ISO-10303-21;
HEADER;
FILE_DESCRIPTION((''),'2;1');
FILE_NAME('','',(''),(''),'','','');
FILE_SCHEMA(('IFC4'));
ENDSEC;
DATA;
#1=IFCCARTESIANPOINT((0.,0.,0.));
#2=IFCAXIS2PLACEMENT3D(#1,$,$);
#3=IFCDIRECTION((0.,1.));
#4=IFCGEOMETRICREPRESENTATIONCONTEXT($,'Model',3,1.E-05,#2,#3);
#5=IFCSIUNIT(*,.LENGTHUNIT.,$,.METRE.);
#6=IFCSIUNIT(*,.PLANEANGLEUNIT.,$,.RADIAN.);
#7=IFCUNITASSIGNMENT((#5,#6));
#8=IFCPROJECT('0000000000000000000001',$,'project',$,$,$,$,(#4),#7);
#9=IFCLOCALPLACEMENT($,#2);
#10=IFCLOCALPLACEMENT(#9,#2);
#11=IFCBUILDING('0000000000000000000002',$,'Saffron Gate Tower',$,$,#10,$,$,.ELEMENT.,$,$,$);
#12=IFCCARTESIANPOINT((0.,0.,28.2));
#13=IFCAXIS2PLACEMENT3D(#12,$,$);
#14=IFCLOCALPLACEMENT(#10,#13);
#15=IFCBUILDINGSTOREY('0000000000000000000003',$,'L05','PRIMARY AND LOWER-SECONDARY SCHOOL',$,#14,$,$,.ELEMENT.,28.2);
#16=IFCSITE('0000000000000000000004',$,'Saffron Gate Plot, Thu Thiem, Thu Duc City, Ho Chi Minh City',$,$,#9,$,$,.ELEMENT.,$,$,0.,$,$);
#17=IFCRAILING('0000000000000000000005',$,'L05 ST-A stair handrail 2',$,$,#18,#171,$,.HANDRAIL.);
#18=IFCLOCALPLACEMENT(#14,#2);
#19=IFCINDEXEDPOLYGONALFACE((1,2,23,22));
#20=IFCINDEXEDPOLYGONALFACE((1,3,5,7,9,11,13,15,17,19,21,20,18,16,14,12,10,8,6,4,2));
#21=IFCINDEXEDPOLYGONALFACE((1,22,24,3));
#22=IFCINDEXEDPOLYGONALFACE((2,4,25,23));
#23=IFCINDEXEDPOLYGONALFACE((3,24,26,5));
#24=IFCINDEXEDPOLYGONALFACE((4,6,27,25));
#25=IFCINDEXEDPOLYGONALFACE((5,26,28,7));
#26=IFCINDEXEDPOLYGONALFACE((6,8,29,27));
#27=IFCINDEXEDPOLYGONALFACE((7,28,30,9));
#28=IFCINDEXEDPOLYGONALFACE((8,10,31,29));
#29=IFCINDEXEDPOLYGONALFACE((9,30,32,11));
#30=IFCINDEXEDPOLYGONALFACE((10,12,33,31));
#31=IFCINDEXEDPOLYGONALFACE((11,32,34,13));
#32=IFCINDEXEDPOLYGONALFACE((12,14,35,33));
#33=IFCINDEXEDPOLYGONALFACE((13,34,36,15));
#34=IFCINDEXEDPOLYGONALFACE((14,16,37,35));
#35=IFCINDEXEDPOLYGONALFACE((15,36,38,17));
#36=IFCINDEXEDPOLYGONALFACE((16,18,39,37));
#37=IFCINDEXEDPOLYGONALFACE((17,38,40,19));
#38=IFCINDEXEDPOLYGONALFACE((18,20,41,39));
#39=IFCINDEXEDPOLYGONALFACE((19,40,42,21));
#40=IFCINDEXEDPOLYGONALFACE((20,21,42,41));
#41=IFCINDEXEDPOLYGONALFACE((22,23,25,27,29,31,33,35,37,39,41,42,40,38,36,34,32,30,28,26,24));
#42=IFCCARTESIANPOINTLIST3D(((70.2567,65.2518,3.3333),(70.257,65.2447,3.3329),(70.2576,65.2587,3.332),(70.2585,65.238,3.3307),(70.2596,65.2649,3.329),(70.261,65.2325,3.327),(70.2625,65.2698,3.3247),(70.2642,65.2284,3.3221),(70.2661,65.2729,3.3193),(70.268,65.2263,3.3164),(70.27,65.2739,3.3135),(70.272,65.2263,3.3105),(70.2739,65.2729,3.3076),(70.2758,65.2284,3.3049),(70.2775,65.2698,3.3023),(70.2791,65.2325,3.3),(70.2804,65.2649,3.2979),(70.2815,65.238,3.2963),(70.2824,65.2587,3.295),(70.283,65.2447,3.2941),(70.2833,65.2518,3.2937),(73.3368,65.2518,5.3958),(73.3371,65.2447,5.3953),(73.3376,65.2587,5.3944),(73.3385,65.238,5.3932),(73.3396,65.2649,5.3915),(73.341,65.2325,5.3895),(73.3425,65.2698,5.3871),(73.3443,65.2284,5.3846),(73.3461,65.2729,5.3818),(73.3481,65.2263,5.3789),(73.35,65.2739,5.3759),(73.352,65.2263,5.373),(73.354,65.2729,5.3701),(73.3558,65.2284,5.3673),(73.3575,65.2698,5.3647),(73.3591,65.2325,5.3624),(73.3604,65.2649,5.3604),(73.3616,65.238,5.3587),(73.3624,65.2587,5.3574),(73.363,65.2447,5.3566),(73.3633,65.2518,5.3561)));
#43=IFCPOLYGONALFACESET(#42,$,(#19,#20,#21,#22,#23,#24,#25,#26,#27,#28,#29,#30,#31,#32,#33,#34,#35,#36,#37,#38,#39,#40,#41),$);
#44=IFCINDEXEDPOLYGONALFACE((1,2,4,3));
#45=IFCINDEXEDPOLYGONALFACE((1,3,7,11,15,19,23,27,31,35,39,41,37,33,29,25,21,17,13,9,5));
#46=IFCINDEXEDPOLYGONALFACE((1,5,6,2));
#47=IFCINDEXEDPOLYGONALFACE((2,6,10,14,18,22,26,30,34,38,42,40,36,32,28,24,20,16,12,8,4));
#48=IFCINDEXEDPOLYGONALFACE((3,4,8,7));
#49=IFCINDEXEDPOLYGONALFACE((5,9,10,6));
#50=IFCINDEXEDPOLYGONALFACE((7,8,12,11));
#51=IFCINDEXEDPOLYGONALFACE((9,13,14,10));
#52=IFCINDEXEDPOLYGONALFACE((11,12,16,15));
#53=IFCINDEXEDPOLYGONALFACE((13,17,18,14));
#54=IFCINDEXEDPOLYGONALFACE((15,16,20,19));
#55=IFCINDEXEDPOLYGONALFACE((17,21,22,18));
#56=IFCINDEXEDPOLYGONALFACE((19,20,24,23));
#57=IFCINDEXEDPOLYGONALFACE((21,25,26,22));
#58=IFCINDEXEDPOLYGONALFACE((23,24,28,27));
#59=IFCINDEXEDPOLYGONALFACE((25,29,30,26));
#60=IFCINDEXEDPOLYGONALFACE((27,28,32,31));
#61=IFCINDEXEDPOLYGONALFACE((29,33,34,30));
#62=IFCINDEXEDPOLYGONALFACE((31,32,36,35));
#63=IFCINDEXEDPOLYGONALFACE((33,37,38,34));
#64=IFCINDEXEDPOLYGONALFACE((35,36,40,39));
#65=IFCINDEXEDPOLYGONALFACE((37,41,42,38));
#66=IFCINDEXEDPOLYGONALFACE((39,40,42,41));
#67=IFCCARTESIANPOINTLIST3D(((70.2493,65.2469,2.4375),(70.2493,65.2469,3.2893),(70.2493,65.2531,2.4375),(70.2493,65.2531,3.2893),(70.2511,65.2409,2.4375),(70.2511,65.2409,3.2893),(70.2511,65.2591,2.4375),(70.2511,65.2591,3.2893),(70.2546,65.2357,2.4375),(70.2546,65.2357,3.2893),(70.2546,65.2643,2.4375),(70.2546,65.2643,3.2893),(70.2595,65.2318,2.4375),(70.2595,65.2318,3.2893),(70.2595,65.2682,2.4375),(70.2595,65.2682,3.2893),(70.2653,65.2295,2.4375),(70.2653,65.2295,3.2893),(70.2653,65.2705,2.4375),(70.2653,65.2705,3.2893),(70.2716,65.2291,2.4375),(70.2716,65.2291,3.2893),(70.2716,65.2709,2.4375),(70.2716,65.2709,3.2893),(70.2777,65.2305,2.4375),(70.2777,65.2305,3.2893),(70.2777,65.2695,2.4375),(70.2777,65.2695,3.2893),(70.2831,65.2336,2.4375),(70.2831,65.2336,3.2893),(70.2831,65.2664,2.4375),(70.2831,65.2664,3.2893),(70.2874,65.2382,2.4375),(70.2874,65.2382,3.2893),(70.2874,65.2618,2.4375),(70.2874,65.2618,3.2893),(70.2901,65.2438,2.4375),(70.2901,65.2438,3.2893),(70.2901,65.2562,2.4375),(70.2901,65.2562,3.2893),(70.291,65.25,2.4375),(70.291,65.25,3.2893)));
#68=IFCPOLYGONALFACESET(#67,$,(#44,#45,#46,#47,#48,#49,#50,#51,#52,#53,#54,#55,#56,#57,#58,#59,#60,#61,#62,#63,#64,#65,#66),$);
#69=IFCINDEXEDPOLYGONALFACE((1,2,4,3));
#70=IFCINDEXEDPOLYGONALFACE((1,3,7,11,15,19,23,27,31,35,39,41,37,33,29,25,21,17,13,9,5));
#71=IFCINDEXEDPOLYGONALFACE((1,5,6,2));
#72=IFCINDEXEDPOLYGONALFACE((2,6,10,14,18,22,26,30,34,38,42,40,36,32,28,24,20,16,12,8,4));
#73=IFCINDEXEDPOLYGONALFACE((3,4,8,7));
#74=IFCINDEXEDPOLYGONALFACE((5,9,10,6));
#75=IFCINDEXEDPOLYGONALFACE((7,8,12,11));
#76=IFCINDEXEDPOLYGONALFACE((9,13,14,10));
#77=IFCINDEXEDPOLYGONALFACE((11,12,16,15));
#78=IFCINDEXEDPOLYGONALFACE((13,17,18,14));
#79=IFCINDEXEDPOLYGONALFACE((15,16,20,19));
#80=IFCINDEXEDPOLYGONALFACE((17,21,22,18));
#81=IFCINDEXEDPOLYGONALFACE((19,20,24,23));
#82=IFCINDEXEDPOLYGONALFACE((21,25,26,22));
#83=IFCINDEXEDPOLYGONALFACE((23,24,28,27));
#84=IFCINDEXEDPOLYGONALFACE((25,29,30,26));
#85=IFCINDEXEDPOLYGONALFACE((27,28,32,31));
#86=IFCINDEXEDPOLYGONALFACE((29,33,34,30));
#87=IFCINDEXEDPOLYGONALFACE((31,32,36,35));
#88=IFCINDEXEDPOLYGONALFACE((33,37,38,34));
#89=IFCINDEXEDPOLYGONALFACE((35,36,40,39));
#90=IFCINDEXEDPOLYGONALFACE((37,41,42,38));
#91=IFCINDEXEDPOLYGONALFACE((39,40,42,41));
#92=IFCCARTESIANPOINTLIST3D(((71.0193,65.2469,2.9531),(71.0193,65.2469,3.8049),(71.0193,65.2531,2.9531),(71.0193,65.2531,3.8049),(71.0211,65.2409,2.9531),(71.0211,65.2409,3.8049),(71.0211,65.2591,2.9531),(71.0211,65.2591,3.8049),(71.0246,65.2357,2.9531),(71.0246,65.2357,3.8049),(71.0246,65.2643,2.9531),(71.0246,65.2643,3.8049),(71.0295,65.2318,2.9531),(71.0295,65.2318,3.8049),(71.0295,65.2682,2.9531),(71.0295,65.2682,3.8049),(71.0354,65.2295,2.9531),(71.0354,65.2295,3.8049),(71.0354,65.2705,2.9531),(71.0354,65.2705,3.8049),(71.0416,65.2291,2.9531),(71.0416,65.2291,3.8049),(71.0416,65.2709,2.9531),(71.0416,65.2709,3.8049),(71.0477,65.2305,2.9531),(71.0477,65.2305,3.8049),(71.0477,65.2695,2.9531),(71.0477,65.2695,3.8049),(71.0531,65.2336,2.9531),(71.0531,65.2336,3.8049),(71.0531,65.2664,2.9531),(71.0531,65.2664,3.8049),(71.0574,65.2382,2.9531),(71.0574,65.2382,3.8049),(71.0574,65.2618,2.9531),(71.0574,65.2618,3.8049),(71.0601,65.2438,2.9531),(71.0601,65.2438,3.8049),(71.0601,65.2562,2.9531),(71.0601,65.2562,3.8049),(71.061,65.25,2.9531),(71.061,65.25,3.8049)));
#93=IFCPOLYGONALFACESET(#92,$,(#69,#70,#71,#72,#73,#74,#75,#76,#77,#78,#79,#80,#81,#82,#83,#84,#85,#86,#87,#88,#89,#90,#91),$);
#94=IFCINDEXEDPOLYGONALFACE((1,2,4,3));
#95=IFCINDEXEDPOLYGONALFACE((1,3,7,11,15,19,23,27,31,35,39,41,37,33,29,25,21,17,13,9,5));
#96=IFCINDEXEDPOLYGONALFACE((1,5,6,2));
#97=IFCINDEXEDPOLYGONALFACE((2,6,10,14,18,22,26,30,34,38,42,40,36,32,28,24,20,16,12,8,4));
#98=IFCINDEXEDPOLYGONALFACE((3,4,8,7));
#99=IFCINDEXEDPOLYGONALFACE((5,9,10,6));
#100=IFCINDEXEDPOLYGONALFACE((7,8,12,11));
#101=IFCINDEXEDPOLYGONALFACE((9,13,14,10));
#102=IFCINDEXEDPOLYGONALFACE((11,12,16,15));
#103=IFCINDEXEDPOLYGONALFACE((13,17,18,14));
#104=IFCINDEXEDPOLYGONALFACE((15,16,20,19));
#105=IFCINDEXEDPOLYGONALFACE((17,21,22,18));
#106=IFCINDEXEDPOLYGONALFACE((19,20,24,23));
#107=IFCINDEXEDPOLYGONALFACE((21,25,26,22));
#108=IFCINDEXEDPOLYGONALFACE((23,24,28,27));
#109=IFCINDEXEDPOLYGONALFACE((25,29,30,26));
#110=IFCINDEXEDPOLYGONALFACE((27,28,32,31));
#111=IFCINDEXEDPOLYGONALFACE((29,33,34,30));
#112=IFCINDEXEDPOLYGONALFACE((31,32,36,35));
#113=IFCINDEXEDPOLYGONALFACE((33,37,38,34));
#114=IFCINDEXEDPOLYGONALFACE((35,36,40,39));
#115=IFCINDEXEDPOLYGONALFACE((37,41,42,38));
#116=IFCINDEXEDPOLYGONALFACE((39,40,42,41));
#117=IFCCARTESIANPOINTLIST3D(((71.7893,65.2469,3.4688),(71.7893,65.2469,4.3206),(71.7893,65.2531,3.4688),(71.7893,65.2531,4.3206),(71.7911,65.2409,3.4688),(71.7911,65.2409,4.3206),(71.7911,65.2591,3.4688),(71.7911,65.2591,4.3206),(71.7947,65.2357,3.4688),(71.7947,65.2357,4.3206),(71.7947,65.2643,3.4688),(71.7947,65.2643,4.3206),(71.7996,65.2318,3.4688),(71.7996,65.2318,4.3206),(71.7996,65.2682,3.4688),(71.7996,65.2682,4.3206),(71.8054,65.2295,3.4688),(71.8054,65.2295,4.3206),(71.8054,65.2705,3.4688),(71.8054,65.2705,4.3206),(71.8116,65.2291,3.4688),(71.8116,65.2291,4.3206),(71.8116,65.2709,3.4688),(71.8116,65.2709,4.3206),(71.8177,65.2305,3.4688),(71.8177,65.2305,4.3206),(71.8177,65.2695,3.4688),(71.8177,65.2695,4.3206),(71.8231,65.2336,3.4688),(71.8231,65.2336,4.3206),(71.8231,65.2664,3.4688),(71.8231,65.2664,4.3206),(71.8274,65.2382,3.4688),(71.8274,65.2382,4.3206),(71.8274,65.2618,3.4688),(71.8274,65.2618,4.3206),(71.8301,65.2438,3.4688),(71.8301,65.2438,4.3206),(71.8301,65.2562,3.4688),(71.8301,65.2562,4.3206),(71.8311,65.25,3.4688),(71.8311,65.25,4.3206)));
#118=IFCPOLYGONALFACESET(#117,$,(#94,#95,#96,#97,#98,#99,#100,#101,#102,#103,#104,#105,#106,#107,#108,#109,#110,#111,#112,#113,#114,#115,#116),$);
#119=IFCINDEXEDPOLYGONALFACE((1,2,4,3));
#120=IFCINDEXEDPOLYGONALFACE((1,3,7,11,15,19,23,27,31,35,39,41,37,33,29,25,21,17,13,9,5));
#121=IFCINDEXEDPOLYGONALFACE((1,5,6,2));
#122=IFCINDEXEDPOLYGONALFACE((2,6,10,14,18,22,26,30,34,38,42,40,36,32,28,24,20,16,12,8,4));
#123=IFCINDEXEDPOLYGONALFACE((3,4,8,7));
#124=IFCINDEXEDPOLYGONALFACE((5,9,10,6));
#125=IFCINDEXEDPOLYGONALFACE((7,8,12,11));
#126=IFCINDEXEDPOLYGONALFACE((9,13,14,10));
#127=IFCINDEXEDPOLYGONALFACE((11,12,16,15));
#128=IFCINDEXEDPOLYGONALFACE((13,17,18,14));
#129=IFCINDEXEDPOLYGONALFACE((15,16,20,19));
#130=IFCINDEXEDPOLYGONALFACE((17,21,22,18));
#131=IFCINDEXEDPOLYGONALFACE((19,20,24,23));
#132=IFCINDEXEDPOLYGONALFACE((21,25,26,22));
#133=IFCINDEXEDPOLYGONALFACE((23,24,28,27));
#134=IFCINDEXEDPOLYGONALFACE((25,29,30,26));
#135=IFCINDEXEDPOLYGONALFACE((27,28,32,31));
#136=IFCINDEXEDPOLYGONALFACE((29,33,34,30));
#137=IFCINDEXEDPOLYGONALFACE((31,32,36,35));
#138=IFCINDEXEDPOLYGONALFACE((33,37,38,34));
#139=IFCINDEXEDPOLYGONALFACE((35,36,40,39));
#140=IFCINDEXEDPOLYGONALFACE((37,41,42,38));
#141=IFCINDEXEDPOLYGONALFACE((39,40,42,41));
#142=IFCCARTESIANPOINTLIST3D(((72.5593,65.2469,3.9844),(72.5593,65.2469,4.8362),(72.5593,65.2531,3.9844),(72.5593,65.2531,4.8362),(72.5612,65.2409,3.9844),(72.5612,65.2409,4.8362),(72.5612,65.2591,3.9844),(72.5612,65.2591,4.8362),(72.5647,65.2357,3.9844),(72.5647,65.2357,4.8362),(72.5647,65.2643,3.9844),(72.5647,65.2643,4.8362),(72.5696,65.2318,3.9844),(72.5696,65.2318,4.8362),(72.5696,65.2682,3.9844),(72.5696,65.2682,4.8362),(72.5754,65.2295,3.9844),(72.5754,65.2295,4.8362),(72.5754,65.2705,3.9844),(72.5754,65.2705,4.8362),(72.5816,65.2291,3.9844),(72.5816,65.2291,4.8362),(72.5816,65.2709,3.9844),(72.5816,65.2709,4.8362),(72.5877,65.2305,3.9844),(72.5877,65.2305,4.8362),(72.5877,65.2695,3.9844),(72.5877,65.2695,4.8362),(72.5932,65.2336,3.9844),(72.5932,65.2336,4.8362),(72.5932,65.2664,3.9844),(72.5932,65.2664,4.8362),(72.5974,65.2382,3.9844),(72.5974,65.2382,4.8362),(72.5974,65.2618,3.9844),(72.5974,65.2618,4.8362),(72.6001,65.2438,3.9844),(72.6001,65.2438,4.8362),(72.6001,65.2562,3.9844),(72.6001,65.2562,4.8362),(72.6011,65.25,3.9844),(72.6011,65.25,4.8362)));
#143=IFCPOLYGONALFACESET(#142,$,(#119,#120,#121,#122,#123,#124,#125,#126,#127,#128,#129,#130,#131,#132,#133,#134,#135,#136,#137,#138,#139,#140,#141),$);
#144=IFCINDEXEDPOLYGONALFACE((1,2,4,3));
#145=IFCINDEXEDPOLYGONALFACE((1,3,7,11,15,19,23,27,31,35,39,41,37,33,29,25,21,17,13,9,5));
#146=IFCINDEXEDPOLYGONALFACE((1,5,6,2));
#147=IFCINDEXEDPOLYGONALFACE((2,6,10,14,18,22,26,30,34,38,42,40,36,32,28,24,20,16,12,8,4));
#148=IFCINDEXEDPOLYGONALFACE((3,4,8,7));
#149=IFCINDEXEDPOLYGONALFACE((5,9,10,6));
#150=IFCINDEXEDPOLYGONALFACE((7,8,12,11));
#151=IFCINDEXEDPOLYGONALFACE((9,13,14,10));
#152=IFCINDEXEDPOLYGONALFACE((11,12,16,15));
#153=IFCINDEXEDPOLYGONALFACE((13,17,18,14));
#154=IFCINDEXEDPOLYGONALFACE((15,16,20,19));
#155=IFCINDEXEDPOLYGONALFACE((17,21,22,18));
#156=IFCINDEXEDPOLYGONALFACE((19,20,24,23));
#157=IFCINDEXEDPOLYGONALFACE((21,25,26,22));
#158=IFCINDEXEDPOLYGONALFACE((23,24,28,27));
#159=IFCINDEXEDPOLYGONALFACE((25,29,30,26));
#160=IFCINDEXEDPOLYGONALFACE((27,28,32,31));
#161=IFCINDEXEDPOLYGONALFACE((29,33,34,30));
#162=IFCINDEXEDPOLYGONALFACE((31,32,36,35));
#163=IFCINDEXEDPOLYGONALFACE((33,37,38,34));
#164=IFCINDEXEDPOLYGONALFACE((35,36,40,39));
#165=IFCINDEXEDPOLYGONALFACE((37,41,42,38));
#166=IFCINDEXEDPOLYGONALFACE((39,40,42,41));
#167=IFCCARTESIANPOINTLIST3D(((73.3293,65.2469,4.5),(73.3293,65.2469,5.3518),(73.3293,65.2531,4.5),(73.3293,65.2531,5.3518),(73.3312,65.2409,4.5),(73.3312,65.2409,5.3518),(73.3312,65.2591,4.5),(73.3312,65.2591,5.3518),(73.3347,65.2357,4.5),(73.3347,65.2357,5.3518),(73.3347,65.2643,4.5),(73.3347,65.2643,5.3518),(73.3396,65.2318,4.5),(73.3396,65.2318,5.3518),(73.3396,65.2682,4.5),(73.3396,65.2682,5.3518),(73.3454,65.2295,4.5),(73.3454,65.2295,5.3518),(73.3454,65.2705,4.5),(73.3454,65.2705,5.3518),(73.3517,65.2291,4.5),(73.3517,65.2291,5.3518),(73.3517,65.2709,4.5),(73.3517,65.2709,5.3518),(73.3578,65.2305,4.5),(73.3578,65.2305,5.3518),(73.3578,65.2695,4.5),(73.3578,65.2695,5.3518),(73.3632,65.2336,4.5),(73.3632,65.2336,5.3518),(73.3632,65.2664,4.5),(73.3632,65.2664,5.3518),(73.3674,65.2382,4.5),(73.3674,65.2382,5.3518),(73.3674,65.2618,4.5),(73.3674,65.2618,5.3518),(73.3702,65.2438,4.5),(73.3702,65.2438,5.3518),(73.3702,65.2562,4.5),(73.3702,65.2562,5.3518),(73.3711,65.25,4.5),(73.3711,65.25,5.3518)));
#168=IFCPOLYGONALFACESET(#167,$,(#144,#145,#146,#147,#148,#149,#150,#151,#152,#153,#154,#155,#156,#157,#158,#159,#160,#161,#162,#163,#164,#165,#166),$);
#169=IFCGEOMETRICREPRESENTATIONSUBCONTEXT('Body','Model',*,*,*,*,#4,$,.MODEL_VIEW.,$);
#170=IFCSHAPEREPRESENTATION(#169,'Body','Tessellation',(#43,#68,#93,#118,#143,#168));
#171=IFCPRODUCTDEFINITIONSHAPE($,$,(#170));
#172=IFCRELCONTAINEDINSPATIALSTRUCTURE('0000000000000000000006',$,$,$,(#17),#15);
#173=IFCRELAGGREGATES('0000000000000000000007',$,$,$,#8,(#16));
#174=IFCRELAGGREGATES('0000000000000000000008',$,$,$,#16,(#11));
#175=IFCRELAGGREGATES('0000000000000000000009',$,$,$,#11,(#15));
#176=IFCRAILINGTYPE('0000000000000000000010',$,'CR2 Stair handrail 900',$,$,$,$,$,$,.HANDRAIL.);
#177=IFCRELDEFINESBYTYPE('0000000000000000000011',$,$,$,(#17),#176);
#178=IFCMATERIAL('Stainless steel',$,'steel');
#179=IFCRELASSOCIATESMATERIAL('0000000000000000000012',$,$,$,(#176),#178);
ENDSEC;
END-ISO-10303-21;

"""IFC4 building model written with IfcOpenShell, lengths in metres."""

from ifc_helpers import new_model, si_unit, direction, frame, origin, origin_2d, place, context, subcontext, project, spatial, circle, extrude, material, type_object, element, save


model = new_model("IFC4")

# Units and contexts
model_context = context("Model", 3, precision=1e-05, world=origin(), true_north=direction((0.0, 1.0)))
body_context = subcontext(model_context, "Body", "Model", "MODEL_VIEW")
ifc_project = project(units=[si_unit("LENGTHUNIT", "METRE"), si_unit("PLANEANGLEUNIT", "RADIAN")], contexts=[model_context])

# Site, building, storey
site_placement = place(None, origin())
site = spatial("IfcSite", under=ifc_project, at=site_placement, Name="Saffron Gate Plot, Thu Thiem, Thu Duc City, Ho Chi Minh City", CompositionType="ELEMENT", RefElevation=0.0)
building_placement = place(site_placement, origin())
building = spatial("IfcBuilding", under=site, at=building_placement, Name="Saffron Gate Tower", CompositionType="ELEMENT")
storey_placement = place(building_placement, frame((0.0, 0.0, 28.2)))
storey = spatial("IfcBuildingStorey", under=building, at=storey_placement, Name="L05", Description="PRIMARY AND LOWER-SECONDARY SCHOOL", CompositionType="ELEMENT", Elevation=28.2)

# Railing
ifc_material_1 = material(Name="Stainless steel", Category="steel")
railing_type = type_object("IfcRailingType", Name="CR2 Stair handrail 900", PredefinedType="HANDRAIL", material=ifc_material_1)
railing_placement = place(storey_placement, frame((70.27, 65.25, 2.4375)))
element("IfcRailing", 1, at=railing_placement, inside=storey, type_object=railing_type, Name="L05 ST-A stair handrail 2", PredefinedType="HANDRAIL", context=body_context, shape_type="SweptSolid", body=[
    extrude(circle(Radius=0.0239, at=origin_2d()), frame((0.0, 0.0, 0.876), z_axis=(0.830914, 0.0, 0.556401), x_axis=(0.0, 1.0, 0.0)), (0.0, 0.0, 1.0), 3.7068),
    extrude(circle(Radius=0.021, at=origin_2d()), origin(), (0.0, 0.0, 1.0), 0.8518),
    extrude(circle(Radius=0.021, at=origin_2d()), frame((0.77, 0.0, 0.5156)), (0.0, 0.0, 1.0), 0.8518),
    extrude(circle(Radius=0.021, at=origin_2d()), frame((1.54, 0.0, 1.0312)), (0.0, 0.0, 1.0), 0.8518),
    extrude(circle(Radius=0.021, at=origin_2d()), frame((2.3101, 0.0, 1.5469)), (0.0, 0.0, 1.0), 0.8518),
    extrude(circle(Radius=0.021, at=origin_2d()), frame((3.0801, 0.0, 2.0625)), (0.0, 0.0, 1.0), 0.8518),
])

save(model, "model.ifc")
